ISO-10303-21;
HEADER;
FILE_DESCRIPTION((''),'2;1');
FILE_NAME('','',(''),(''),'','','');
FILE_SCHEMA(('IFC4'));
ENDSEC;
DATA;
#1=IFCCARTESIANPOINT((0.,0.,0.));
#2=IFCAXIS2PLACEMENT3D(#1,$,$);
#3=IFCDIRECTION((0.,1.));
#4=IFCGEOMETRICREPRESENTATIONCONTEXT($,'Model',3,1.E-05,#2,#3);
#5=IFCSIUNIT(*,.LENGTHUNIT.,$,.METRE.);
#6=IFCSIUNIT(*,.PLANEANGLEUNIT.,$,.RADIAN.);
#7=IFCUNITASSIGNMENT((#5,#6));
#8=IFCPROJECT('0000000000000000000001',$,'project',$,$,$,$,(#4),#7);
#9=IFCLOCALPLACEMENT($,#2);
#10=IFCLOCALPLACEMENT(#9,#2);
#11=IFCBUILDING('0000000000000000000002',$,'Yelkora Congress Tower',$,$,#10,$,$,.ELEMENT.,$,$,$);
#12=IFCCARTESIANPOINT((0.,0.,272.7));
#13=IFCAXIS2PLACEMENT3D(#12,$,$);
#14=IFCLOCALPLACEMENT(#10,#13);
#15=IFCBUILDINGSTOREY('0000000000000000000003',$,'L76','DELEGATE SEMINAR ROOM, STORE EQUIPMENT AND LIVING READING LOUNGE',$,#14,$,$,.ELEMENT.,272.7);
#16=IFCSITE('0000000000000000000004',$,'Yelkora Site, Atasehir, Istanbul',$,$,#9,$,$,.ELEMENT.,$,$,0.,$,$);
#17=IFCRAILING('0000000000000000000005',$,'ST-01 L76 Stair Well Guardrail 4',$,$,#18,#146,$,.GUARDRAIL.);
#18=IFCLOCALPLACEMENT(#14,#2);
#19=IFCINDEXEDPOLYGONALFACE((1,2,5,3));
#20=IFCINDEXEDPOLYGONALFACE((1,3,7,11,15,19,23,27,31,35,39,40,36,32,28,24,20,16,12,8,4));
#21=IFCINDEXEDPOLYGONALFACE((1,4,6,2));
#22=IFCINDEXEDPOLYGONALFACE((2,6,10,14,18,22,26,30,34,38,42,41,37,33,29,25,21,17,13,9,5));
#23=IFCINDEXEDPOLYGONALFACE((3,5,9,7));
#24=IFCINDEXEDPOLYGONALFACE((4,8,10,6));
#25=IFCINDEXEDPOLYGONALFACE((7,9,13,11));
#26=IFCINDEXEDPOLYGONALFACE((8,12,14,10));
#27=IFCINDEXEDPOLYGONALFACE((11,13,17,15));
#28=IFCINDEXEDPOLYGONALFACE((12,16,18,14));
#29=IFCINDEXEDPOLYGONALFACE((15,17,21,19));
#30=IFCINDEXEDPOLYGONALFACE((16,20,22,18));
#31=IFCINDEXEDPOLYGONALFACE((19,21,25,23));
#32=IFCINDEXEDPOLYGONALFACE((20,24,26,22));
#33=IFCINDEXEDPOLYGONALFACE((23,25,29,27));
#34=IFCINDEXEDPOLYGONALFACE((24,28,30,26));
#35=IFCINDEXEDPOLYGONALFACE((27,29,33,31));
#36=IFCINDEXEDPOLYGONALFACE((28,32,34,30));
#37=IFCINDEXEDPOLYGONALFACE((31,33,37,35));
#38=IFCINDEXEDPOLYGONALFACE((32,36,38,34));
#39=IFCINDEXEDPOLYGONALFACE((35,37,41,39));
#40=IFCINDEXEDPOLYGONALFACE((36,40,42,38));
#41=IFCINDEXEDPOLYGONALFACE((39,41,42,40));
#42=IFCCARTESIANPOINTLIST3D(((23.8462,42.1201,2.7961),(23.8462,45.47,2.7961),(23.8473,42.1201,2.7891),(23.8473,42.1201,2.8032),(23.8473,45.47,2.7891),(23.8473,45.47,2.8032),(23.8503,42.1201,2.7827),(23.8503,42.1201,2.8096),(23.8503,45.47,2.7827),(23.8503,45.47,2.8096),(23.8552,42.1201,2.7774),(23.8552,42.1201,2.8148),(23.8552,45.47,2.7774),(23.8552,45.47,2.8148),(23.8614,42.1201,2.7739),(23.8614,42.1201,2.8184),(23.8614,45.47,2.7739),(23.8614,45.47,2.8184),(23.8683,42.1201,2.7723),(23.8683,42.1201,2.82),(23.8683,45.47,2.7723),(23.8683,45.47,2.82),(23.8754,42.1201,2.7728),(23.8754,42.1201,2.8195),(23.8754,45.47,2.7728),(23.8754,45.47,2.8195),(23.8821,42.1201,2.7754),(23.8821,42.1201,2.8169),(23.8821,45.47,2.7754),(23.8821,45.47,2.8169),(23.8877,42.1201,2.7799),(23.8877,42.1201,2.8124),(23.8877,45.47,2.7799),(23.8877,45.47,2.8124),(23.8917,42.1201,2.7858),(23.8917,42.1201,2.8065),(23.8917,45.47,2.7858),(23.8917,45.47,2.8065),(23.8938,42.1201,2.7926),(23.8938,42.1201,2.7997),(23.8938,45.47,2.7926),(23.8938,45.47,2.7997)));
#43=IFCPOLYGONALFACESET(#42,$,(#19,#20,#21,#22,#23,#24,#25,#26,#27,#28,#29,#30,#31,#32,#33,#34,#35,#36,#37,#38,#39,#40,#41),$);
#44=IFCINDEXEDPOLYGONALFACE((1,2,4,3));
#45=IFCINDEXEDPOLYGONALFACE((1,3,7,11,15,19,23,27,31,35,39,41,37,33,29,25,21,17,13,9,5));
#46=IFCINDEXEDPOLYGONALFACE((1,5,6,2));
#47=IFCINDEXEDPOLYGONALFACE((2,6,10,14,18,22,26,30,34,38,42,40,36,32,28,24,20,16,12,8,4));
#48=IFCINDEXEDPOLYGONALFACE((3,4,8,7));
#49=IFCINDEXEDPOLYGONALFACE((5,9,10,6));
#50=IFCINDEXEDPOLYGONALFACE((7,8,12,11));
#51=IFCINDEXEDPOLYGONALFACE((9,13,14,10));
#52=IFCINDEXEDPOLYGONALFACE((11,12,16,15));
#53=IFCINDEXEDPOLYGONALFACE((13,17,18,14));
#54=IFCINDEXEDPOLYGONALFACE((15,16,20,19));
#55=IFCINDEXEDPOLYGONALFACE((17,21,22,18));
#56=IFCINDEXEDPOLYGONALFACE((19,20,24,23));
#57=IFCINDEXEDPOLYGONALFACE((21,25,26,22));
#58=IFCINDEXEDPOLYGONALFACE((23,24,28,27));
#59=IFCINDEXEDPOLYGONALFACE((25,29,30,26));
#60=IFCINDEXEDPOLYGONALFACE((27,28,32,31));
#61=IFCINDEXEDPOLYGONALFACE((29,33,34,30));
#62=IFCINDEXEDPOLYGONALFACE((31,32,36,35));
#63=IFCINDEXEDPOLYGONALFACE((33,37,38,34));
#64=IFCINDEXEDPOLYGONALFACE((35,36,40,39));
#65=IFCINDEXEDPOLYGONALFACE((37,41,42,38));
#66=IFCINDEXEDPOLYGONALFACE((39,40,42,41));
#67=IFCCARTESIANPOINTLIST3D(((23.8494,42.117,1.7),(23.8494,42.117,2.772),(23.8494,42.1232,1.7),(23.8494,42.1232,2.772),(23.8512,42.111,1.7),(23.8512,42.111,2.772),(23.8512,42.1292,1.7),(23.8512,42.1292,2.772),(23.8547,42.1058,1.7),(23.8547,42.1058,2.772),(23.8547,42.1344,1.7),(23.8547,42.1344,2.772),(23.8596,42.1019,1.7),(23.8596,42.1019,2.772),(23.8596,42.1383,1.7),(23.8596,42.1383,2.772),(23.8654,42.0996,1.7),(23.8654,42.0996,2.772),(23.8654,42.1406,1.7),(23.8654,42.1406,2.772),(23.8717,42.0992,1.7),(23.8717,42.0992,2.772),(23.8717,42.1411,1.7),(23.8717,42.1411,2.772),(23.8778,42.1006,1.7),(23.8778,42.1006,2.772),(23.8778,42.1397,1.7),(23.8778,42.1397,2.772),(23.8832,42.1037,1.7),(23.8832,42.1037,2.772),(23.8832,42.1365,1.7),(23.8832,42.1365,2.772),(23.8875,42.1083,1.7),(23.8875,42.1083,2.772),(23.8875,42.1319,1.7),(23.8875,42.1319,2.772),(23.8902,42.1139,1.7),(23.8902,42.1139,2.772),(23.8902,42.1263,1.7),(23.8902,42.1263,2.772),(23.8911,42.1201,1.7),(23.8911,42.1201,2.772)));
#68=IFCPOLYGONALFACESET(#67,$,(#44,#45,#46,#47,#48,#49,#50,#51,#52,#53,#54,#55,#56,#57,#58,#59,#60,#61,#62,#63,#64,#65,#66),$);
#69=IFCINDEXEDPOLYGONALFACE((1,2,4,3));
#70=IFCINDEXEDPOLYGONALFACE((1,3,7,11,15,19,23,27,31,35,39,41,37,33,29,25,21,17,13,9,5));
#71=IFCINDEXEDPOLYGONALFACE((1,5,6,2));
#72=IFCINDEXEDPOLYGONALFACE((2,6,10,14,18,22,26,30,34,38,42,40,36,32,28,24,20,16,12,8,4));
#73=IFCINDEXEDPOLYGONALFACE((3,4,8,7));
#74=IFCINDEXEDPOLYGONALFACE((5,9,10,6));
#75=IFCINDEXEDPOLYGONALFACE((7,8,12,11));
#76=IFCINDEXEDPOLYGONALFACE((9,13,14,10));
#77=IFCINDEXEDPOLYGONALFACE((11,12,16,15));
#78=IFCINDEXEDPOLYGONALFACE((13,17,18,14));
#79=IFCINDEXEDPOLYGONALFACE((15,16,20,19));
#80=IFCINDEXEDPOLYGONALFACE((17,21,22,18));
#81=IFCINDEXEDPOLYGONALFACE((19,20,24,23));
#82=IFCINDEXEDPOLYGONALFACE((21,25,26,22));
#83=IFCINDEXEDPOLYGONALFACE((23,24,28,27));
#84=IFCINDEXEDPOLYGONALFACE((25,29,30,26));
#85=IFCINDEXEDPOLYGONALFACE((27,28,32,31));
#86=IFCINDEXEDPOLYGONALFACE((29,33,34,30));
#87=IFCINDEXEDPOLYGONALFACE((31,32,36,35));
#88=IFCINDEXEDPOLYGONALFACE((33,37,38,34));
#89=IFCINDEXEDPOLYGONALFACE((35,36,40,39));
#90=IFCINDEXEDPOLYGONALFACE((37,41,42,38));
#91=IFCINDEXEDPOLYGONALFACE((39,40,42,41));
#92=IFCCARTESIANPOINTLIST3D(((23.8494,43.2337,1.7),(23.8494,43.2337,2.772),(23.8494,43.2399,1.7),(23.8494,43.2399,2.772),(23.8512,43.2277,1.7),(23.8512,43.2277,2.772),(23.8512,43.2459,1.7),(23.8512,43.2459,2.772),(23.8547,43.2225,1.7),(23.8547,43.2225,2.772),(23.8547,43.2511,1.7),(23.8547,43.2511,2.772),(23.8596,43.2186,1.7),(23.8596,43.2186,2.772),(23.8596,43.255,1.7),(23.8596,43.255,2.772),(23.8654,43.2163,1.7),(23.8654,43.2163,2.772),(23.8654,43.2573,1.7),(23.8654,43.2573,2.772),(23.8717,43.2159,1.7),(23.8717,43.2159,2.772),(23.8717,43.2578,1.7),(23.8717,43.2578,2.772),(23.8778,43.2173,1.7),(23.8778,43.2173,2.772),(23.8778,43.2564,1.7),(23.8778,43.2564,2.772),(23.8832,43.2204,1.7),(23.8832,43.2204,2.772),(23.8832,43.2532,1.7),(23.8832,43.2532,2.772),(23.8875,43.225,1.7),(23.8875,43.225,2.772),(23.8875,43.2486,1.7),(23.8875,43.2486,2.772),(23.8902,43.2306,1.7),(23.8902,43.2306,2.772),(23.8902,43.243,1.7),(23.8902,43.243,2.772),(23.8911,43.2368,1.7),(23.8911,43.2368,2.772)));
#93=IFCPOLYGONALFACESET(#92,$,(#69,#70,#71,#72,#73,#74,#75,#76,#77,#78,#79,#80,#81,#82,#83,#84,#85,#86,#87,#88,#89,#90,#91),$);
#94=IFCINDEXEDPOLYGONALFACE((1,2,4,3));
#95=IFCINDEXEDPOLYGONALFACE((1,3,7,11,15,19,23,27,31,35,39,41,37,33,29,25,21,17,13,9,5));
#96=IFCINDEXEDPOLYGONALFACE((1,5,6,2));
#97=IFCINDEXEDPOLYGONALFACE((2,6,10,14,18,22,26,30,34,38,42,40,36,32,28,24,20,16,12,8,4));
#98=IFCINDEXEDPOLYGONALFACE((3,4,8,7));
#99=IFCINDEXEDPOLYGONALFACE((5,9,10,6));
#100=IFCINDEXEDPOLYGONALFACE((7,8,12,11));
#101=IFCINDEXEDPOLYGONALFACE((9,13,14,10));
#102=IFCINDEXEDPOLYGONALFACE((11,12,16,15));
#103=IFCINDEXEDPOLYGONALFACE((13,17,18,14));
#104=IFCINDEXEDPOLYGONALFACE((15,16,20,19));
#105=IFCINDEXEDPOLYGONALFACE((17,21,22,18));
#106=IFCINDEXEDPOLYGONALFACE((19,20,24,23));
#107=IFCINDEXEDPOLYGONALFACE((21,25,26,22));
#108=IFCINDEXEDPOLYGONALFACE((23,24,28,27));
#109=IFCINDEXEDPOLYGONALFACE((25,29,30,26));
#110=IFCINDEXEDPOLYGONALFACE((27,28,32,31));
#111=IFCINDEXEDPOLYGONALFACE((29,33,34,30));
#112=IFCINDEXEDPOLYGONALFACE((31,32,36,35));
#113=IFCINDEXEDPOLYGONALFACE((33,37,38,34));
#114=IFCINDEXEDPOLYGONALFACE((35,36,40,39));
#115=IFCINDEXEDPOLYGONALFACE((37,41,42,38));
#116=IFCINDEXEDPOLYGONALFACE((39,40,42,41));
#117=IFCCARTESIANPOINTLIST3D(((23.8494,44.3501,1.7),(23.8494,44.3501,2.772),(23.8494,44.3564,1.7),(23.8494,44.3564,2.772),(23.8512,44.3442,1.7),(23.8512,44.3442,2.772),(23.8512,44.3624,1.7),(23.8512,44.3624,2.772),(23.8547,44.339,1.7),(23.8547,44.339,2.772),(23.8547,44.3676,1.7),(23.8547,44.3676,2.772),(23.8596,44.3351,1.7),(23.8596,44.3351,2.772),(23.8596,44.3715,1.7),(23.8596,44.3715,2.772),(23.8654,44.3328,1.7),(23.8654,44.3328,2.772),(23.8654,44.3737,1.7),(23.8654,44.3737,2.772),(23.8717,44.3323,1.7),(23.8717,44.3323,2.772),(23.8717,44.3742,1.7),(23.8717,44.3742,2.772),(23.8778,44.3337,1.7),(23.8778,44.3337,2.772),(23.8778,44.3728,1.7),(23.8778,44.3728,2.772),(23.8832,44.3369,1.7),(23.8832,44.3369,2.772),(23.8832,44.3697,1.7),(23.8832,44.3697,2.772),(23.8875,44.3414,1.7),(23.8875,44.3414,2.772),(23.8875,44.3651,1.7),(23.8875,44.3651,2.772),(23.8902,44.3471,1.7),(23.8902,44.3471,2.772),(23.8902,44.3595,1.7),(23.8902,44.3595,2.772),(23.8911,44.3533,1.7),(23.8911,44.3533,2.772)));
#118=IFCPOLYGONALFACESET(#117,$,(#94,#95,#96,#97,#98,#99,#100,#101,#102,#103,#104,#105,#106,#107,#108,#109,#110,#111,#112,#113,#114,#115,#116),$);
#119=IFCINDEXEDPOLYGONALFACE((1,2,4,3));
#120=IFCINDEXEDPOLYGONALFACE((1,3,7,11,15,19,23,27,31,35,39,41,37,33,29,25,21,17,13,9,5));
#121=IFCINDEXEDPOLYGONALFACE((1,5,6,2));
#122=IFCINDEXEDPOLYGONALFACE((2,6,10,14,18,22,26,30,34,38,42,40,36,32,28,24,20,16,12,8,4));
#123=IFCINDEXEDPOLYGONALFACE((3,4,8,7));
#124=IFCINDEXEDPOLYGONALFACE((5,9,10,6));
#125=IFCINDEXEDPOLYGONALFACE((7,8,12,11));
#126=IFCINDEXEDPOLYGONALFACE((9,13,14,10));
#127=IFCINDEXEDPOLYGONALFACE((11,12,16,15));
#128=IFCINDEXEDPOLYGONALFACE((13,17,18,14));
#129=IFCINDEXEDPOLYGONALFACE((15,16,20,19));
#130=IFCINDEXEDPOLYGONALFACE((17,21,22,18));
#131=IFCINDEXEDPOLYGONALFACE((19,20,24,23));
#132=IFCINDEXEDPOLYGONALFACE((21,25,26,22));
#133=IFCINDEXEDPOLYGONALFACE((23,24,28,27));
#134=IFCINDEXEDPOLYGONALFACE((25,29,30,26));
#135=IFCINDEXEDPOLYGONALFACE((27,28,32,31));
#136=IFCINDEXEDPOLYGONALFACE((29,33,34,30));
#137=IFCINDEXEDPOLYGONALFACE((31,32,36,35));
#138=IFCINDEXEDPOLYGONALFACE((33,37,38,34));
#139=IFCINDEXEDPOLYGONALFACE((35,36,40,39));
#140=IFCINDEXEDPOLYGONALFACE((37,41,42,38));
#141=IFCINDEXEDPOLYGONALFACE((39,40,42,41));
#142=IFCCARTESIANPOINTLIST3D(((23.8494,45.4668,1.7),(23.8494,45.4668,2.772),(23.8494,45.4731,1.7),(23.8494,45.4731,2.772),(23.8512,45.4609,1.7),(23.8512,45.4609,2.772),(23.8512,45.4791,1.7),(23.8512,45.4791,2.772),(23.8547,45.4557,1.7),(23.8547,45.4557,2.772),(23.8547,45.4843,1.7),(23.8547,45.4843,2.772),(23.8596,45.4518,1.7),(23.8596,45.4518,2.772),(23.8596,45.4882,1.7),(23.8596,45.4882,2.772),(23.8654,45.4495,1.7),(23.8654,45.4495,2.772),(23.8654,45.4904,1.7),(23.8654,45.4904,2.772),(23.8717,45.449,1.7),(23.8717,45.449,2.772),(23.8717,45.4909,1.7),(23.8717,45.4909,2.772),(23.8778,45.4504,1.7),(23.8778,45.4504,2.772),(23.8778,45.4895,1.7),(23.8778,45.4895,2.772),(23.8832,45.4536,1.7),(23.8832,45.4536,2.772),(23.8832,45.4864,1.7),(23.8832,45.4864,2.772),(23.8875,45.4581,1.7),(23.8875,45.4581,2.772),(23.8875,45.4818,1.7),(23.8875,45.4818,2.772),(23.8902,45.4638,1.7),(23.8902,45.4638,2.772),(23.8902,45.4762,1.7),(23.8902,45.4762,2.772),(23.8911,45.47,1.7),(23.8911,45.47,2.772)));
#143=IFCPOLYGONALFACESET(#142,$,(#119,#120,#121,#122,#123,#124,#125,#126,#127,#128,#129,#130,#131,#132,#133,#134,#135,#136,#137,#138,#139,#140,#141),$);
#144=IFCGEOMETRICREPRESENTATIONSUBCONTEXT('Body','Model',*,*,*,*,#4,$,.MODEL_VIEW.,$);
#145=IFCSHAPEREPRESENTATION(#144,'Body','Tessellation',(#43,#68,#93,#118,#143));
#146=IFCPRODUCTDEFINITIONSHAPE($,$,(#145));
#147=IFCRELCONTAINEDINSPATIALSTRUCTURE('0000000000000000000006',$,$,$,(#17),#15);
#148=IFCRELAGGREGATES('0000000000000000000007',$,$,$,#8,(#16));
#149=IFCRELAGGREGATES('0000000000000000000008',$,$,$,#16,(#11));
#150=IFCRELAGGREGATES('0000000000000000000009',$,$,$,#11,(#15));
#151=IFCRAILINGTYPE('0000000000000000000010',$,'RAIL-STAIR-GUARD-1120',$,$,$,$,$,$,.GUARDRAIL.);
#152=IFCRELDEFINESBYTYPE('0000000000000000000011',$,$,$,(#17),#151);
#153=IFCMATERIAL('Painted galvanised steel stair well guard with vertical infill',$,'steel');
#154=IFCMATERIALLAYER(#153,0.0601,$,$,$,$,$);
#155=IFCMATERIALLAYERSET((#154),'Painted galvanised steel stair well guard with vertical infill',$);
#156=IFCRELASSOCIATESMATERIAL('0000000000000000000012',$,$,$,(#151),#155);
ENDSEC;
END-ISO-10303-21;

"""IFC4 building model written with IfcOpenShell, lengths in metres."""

from ifc_helpers import new_model, si_unit, direction, frame, origin, origin_2d, place, context, subcontext, project, spatial, circle, extrude, material, layer, layer_set, type_object, element, save


model = new_model("IFC4")

# Units and contexts
model_context = context("Model", 3, precision=1e-05, world=origin(), true_north=direction((0.0, 1.0)))
body_context = subcontext(model_context, "Body", "Model", "MODEL_VIEW")
ifc_project = project(units=[si_unit("LENGTHUNIT", "METRE"), si_unit("PLANEANGLEUNIT", "RADIAN")], contexts=[model_context])

# Site, building, storey
site_placement = place(None, origin())
site = spatial("IfcSite", under=ifc_project, at=site_placement, Name="Yelkora Site, Atasehir, Istanbul", CompositionType="ELEMENT", RefElevation=0.0)
building_placement = place(site_placement, origin())
building = spatial("IfcBuilding", under=site, at=building_placement, Name="Yelkora Congress Tower", CompositionType="ELEMENT")
storey_placement = place(building_placement, frame((0.0, 0.0, 272.7)))
storey = spatial("IfcBuildingStorey", under=building, at=storey_placement, Name="L76", Description="DELEGATE SEMINAR ROOM, STORE EQUIPMENT AND LIVING READING LOUNGE", CompositionType="ELEMENT", Elevation=272.7)

# Railing
ifc_material_1 = material(Name="Painted galvanised steel stair well guard with vertical infill", Category="steel")
ifc_layer_1 = layer(ifc_material_1, 0.0601)
ifc_layer_set_1 = layer_set([ifc_layer_1], Name="Painted galvanised steel stair well guard with vertical infill")
railing_type_1 = type_object("IfcRailingType", Name="RAIL-STAIR-GUARD-1120", PredefinedType="GUARDRAIL", material=ifc_layer_set_1)
for number, where, name in (
    (1, (23.8701, 42.1201, 1.7), "ST-01 L76 Stair Well Guardrail 4"),
):
    element("IfcRailing", number, at=place(storey_placement, frame(where)), inside=storey, type_object=railing_type_1, Name=name, PredefinedType="GUARDRAIL", context=body_context, shape_type="SweptSolid", body=[
        extrude(circle(Radius=0.0239, at=origin_2d()), frame((0.0, 0.0, 1.0962), z_axis=(0.0, 1.0, 0.0), x_axis=(-1.0, 0.0, 0.0)), (0.0, 0.0, 1.0), 3.3499),
        extrude(circle(Radius=0.021, at=origin_2d()), origin(), (0.0, 0.0, 1.0), 1.072),
        extrude(circle(Radius=0.021, at=origin_2d()), frame((0.0, 1.1167, 0.0)), (0.0, 0.0, 1.0), 1.072),
        extrude(circle(Radius=0.021, at=origin_2d()), frame((0.0, 2.2332, 0.0)), (0.0, 0.0, 1.0), 1.072),
        extrude(circle(Radius=0.021, at=origin_2d()), frame((0.0, 3.3499, 0.0)), (0.0, 0.0, 1.0), 1.072),
    ])

save(model, "model.ifc")
